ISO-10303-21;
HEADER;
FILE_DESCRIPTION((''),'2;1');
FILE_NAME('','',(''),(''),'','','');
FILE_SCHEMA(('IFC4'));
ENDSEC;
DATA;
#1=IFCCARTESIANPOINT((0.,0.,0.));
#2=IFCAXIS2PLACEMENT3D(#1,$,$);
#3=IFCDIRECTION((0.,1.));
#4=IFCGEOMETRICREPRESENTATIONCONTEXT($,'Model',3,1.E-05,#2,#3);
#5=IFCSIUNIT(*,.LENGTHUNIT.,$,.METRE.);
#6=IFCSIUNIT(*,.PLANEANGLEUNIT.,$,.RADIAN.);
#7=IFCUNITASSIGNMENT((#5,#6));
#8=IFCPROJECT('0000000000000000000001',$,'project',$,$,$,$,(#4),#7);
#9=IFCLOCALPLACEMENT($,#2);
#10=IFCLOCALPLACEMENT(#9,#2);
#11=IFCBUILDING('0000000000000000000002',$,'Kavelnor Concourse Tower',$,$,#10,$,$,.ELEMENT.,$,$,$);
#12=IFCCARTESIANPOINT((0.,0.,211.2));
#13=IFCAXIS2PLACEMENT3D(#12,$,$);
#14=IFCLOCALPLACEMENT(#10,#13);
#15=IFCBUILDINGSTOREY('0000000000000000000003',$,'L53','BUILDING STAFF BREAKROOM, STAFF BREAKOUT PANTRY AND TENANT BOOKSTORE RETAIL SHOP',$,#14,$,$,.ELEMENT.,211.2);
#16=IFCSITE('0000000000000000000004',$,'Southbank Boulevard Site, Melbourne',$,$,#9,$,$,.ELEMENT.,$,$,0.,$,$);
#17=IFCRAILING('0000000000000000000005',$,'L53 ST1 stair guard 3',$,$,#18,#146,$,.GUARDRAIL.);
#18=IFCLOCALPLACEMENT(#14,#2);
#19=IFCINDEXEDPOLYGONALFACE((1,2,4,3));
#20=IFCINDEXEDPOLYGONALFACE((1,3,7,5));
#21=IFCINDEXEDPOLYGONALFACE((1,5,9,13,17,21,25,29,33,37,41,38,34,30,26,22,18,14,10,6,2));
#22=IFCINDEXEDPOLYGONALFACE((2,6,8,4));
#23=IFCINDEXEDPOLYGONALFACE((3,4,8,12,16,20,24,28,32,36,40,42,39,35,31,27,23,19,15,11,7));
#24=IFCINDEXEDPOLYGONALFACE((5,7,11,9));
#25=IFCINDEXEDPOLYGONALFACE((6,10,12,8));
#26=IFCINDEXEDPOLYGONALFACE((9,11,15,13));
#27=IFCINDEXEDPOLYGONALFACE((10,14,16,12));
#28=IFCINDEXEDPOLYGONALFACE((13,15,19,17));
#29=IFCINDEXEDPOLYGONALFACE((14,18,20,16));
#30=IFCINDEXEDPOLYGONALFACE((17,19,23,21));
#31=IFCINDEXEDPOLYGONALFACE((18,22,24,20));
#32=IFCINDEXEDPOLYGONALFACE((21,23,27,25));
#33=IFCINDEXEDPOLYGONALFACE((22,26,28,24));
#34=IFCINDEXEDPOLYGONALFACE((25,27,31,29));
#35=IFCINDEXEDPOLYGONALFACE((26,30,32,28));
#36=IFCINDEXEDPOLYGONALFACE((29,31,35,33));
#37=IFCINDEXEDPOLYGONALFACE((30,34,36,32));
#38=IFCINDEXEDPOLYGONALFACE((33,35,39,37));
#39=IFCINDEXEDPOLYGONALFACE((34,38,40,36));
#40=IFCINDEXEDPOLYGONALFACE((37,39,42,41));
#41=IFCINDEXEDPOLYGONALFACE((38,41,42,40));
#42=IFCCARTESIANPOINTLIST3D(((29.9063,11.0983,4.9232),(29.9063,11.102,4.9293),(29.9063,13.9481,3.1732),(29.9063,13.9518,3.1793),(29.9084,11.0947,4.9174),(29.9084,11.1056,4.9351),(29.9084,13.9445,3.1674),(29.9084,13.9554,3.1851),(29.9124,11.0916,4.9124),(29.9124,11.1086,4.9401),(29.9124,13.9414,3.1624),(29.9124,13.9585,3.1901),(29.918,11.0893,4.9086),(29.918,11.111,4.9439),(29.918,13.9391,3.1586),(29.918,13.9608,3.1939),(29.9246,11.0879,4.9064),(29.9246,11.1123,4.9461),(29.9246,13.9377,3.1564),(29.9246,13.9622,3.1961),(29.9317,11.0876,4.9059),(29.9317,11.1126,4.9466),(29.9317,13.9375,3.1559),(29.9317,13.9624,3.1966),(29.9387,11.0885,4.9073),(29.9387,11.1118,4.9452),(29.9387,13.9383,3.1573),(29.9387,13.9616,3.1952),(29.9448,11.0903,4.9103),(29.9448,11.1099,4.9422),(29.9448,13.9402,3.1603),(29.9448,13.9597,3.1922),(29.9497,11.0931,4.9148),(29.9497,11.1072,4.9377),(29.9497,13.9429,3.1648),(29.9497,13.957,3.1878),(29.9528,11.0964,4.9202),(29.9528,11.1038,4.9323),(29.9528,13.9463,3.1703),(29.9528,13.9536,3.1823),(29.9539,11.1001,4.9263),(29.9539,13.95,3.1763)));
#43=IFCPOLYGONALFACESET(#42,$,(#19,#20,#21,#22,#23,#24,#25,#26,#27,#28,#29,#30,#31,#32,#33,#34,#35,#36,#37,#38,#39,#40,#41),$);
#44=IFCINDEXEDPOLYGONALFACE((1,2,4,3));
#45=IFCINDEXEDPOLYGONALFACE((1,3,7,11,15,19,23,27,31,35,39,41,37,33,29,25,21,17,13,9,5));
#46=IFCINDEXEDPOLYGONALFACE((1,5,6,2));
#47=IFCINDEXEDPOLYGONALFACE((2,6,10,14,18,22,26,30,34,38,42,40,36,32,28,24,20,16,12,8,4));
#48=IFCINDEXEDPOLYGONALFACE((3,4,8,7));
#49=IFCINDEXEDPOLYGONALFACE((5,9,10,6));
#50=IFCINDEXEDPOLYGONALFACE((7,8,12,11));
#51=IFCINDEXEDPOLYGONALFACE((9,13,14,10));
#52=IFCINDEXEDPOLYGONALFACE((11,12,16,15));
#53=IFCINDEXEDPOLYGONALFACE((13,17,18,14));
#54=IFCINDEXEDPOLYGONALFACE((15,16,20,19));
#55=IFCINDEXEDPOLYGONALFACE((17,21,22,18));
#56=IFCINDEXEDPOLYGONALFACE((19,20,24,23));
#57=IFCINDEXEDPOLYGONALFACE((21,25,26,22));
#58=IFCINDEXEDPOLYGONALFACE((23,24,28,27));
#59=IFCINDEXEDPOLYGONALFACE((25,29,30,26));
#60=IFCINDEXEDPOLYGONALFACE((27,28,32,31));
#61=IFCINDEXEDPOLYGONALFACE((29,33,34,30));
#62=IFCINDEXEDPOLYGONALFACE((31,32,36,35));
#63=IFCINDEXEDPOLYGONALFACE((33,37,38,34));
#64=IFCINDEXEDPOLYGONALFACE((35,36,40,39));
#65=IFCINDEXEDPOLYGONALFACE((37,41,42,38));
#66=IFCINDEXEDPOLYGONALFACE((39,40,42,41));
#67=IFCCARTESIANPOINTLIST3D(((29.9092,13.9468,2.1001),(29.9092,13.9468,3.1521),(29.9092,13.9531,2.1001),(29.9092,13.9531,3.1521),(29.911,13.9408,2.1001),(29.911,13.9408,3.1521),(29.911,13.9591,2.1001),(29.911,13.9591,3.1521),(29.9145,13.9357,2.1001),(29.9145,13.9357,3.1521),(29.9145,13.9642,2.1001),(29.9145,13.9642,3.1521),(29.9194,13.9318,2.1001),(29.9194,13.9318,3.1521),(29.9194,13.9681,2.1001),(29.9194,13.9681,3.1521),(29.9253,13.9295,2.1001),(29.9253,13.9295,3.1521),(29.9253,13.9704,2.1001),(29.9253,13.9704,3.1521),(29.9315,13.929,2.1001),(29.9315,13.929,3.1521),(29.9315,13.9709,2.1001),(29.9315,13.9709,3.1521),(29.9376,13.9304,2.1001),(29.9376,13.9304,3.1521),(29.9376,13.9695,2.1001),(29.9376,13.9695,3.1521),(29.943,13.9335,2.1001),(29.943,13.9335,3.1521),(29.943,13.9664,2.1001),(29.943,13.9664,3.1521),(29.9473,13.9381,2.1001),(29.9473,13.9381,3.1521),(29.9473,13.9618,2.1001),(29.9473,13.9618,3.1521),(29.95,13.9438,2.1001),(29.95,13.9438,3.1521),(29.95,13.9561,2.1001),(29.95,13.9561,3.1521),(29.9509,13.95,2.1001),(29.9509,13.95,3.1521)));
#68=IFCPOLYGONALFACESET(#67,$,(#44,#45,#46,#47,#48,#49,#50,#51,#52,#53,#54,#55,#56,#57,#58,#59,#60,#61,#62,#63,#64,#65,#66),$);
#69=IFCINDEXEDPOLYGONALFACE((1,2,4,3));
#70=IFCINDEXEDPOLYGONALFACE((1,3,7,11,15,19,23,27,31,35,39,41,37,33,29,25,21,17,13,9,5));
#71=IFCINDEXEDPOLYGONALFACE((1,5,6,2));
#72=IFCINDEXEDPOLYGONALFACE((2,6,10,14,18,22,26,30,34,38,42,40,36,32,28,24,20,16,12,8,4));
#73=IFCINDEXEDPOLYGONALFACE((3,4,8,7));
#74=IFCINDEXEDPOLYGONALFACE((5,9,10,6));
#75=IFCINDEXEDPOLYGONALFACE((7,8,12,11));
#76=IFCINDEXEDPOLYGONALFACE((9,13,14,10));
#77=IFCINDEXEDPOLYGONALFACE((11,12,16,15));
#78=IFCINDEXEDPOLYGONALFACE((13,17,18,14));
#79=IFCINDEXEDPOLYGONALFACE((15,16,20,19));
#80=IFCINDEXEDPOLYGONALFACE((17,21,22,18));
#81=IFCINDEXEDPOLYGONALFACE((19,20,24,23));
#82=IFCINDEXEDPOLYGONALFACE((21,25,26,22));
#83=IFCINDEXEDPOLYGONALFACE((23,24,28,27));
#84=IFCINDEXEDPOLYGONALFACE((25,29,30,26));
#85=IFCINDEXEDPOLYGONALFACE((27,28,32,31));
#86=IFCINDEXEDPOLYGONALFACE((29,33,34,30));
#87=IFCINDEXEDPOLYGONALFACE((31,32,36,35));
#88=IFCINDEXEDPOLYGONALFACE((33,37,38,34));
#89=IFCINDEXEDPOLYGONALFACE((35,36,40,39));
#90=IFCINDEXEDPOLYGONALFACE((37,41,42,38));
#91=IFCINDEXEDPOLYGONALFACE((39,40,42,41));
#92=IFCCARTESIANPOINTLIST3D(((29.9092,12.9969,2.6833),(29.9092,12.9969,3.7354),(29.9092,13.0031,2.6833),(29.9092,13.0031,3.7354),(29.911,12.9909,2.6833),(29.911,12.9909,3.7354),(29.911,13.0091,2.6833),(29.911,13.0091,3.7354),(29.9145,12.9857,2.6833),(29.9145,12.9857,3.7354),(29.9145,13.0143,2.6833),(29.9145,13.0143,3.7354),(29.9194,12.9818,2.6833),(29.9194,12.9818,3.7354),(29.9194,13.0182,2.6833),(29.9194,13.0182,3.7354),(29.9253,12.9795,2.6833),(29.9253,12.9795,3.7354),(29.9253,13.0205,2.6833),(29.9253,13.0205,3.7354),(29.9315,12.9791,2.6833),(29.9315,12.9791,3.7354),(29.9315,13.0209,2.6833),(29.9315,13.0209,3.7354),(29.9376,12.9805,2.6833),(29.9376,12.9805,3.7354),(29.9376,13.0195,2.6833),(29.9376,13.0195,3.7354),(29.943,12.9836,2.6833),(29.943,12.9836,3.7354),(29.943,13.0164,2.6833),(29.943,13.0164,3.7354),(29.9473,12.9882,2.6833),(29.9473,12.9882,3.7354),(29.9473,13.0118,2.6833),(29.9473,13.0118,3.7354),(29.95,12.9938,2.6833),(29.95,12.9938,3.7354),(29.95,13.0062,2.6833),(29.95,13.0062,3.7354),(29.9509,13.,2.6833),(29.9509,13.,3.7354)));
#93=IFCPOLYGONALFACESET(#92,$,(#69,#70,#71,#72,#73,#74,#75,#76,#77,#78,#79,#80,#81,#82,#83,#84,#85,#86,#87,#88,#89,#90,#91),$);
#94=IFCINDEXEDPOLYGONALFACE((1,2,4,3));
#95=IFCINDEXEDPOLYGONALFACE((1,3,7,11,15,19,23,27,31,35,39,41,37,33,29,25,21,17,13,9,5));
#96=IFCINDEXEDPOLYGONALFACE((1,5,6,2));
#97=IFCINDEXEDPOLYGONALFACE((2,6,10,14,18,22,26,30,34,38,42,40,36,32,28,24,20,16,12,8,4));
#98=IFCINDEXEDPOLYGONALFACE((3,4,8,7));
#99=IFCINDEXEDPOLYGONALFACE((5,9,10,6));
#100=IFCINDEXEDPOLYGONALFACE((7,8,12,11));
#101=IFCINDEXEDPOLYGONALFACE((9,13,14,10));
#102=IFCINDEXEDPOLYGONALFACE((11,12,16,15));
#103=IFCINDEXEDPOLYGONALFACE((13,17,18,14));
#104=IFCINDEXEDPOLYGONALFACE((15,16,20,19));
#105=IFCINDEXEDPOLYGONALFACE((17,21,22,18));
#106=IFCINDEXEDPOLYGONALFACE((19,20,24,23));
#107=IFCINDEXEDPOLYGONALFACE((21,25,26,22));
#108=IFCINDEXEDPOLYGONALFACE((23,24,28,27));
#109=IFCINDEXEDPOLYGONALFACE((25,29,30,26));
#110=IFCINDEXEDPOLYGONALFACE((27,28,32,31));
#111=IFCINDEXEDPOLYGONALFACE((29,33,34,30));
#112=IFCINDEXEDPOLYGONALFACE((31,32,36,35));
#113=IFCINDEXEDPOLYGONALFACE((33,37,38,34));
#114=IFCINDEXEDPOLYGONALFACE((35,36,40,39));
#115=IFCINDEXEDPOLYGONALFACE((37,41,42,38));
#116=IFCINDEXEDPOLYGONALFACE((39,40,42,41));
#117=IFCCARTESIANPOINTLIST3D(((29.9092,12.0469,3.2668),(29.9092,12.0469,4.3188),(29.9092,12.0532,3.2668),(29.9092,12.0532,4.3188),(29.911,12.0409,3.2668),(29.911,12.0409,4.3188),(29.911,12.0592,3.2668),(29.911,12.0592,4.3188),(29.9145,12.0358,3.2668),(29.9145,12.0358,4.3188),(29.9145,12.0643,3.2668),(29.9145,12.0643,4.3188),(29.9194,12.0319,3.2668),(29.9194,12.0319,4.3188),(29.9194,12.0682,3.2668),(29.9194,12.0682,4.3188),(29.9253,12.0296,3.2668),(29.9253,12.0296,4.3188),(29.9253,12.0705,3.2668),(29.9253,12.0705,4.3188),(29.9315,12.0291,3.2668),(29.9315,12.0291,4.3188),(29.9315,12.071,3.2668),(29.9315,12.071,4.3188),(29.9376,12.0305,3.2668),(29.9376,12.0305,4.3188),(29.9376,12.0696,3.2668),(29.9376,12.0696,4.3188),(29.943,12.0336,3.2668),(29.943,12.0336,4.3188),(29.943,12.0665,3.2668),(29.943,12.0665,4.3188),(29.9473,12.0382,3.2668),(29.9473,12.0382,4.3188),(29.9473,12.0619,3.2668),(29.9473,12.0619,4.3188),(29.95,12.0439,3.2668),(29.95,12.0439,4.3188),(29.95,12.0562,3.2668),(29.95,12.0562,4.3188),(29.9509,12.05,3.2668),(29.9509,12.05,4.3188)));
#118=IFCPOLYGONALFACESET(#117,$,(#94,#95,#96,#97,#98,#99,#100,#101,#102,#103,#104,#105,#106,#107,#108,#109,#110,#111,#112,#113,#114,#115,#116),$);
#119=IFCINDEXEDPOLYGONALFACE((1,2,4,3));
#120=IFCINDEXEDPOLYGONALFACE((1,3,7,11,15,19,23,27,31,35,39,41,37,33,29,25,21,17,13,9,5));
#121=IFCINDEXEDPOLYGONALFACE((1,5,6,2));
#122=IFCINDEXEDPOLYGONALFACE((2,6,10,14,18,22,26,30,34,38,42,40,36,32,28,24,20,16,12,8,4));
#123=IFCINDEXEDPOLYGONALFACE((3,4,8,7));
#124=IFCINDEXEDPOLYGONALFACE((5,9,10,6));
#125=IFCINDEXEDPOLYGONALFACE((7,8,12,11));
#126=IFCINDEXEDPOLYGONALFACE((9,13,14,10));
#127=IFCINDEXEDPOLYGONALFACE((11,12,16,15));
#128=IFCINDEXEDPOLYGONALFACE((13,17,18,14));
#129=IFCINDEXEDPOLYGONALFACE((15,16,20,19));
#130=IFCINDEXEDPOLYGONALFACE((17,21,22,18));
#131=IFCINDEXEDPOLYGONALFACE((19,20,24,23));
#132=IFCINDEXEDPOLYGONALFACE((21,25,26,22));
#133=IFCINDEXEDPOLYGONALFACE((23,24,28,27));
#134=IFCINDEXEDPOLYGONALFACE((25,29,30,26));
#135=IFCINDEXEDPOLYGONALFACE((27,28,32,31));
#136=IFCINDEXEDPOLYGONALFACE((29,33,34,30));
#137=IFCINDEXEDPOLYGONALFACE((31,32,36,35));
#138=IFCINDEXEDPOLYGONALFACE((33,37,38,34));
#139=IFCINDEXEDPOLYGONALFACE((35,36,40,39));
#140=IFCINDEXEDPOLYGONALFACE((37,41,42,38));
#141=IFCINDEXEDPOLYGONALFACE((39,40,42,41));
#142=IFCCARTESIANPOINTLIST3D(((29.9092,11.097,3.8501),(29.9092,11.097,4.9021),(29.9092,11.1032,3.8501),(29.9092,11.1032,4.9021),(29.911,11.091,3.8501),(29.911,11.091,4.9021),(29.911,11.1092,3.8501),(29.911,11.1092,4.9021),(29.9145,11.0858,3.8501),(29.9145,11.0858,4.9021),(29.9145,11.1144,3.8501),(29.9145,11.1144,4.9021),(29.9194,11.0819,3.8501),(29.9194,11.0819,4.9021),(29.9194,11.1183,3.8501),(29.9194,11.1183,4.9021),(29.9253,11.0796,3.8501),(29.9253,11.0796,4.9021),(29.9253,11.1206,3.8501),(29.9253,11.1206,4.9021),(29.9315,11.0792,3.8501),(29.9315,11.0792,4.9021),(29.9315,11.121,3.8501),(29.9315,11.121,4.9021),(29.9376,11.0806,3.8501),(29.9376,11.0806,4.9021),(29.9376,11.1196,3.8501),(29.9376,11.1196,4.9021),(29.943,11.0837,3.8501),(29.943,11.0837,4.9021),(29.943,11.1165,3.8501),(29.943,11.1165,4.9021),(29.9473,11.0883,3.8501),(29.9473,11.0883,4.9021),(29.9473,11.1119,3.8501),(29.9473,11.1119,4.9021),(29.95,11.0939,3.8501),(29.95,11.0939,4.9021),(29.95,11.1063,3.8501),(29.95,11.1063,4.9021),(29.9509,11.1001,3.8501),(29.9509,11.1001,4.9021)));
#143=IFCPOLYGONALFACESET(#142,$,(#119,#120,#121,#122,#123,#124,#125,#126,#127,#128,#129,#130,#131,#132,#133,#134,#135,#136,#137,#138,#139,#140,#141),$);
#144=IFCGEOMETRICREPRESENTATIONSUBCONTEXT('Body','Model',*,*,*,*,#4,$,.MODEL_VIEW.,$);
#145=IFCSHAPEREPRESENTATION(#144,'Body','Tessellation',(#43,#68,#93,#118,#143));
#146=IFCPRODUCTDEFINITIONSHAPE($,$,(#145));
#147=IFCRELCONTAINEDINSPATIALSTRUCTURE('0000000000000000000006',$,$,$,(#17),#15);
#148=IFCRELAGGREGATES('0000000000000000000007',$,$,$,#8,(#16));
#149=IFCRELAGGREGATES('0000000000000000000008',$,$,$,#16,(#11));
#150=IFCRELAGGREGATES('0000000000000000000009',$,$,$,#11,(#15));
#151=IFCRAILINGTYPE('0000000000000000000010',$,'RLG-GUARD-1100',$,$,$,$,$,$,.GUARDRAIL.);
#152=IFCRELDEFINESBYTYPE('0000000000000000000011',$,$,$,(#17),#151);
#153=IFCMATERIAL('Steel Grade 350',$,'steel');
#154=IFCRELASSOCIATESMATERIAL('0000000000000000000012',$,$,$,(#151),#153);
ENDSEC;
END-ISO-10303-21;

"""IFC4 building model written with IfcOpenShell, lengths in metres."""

from ifc_helpers import new_model, si_unit, direction, frame, origin, origin_2d, place, context, subcontext, project, spatial, circle, extrude, material, type_object, element, save


model = new_model("IFC4")

# Units and contexts
model_context = context("Model", 3, precision=1e-05, world=origin(), true_north=direction((0.0, 1.0)))
body_context = subcontext(model_context, "Body", "Model", "MODEL_VIEW")
ifc_project = project(units=[si_unit("LENGTHUNIT", "METRE"), si_unit("PLANEANGLEUNIT", "RADIAN")], contexts=[model_context])

# Site, building, storey
site_placement = place(None, origin())
site = spatial("IfcSite", under=ifc_project, at=site_placement, Name="Southbank Boulevard Site, Melbourne", CompositionType="ELEMENT", RefElevation=0.0)
building_placement = place(site_placement, origin())
building = spatial("IfcBuilding", under=site, at=building_placement, Name="Kavelnor Concourse Tower", CompositionType="ELEMENT")
storey_placement = place(building_placement, frame((0.0, 0.0, 211.2)))
storey = spatial("IfcBuildingStorey", under=building, at=storey_placement, Name="L53", Description="BUILDING STAFF BREAKROOM, STAFF BREAKOUT PANTRY AND TENANT BOOKSTORE RETAIL SHOP", CompositionType="ELEMENT", Elevation=211.2)

# Shared definitions
ifc_material_1 = material(Name="Steel Grade 350", Category="steel")

# Railing
railing_type_1 = type_object("IfcRailingType", Name="RLG-GUARD-1100", PredefinedType="GUARDRAIL", material=ifc_material_1)
railing_1_placement = place(storey_placement, frame((29.9299, 13.95, 2.1001)))
element("IfcRailing", 1, at=railing_1_placement, inside=storey, type_object=railing_type_1, Name="L53 ST1 stair guard 3", PredefinedType="GUARDRAIL", context=body_context, shape_type="SweptSolid", body=[
    extrude(circle(Radius=0.0239, at=origin_2d()), frame((0.0, 0.0, 1.0762), z_axis=(0.0, -0.852159, 0.523283), x_axis=(1.0, 0.0, 0.0)), (0.0, 0.0, 1.0), 3.3442),
    extrude(circle(Radius=0.021, at=origin_2d()), origin(), (0.0, 0.0, 1.0), 1.052),
    extrude(circle(Radius=0.021, at=origin_2d()), frame((0.0, -0.95, 0.5833)), (0.0, 0.0, 1.0), 1.052),
    extrude(circle(Radius=0.021, at=origin_2d()), frame((0.0, -1.8999, 1.1667)), (0.0, 0.0, 1.0), 1.052),
    extrude(circle(Radius=0.021, at=origin_2d()), frame((0.0, -2.8499, 1.75)), (0.0, 0.0, 1.0), 1.052),
])

save(model, "model.ifc")
